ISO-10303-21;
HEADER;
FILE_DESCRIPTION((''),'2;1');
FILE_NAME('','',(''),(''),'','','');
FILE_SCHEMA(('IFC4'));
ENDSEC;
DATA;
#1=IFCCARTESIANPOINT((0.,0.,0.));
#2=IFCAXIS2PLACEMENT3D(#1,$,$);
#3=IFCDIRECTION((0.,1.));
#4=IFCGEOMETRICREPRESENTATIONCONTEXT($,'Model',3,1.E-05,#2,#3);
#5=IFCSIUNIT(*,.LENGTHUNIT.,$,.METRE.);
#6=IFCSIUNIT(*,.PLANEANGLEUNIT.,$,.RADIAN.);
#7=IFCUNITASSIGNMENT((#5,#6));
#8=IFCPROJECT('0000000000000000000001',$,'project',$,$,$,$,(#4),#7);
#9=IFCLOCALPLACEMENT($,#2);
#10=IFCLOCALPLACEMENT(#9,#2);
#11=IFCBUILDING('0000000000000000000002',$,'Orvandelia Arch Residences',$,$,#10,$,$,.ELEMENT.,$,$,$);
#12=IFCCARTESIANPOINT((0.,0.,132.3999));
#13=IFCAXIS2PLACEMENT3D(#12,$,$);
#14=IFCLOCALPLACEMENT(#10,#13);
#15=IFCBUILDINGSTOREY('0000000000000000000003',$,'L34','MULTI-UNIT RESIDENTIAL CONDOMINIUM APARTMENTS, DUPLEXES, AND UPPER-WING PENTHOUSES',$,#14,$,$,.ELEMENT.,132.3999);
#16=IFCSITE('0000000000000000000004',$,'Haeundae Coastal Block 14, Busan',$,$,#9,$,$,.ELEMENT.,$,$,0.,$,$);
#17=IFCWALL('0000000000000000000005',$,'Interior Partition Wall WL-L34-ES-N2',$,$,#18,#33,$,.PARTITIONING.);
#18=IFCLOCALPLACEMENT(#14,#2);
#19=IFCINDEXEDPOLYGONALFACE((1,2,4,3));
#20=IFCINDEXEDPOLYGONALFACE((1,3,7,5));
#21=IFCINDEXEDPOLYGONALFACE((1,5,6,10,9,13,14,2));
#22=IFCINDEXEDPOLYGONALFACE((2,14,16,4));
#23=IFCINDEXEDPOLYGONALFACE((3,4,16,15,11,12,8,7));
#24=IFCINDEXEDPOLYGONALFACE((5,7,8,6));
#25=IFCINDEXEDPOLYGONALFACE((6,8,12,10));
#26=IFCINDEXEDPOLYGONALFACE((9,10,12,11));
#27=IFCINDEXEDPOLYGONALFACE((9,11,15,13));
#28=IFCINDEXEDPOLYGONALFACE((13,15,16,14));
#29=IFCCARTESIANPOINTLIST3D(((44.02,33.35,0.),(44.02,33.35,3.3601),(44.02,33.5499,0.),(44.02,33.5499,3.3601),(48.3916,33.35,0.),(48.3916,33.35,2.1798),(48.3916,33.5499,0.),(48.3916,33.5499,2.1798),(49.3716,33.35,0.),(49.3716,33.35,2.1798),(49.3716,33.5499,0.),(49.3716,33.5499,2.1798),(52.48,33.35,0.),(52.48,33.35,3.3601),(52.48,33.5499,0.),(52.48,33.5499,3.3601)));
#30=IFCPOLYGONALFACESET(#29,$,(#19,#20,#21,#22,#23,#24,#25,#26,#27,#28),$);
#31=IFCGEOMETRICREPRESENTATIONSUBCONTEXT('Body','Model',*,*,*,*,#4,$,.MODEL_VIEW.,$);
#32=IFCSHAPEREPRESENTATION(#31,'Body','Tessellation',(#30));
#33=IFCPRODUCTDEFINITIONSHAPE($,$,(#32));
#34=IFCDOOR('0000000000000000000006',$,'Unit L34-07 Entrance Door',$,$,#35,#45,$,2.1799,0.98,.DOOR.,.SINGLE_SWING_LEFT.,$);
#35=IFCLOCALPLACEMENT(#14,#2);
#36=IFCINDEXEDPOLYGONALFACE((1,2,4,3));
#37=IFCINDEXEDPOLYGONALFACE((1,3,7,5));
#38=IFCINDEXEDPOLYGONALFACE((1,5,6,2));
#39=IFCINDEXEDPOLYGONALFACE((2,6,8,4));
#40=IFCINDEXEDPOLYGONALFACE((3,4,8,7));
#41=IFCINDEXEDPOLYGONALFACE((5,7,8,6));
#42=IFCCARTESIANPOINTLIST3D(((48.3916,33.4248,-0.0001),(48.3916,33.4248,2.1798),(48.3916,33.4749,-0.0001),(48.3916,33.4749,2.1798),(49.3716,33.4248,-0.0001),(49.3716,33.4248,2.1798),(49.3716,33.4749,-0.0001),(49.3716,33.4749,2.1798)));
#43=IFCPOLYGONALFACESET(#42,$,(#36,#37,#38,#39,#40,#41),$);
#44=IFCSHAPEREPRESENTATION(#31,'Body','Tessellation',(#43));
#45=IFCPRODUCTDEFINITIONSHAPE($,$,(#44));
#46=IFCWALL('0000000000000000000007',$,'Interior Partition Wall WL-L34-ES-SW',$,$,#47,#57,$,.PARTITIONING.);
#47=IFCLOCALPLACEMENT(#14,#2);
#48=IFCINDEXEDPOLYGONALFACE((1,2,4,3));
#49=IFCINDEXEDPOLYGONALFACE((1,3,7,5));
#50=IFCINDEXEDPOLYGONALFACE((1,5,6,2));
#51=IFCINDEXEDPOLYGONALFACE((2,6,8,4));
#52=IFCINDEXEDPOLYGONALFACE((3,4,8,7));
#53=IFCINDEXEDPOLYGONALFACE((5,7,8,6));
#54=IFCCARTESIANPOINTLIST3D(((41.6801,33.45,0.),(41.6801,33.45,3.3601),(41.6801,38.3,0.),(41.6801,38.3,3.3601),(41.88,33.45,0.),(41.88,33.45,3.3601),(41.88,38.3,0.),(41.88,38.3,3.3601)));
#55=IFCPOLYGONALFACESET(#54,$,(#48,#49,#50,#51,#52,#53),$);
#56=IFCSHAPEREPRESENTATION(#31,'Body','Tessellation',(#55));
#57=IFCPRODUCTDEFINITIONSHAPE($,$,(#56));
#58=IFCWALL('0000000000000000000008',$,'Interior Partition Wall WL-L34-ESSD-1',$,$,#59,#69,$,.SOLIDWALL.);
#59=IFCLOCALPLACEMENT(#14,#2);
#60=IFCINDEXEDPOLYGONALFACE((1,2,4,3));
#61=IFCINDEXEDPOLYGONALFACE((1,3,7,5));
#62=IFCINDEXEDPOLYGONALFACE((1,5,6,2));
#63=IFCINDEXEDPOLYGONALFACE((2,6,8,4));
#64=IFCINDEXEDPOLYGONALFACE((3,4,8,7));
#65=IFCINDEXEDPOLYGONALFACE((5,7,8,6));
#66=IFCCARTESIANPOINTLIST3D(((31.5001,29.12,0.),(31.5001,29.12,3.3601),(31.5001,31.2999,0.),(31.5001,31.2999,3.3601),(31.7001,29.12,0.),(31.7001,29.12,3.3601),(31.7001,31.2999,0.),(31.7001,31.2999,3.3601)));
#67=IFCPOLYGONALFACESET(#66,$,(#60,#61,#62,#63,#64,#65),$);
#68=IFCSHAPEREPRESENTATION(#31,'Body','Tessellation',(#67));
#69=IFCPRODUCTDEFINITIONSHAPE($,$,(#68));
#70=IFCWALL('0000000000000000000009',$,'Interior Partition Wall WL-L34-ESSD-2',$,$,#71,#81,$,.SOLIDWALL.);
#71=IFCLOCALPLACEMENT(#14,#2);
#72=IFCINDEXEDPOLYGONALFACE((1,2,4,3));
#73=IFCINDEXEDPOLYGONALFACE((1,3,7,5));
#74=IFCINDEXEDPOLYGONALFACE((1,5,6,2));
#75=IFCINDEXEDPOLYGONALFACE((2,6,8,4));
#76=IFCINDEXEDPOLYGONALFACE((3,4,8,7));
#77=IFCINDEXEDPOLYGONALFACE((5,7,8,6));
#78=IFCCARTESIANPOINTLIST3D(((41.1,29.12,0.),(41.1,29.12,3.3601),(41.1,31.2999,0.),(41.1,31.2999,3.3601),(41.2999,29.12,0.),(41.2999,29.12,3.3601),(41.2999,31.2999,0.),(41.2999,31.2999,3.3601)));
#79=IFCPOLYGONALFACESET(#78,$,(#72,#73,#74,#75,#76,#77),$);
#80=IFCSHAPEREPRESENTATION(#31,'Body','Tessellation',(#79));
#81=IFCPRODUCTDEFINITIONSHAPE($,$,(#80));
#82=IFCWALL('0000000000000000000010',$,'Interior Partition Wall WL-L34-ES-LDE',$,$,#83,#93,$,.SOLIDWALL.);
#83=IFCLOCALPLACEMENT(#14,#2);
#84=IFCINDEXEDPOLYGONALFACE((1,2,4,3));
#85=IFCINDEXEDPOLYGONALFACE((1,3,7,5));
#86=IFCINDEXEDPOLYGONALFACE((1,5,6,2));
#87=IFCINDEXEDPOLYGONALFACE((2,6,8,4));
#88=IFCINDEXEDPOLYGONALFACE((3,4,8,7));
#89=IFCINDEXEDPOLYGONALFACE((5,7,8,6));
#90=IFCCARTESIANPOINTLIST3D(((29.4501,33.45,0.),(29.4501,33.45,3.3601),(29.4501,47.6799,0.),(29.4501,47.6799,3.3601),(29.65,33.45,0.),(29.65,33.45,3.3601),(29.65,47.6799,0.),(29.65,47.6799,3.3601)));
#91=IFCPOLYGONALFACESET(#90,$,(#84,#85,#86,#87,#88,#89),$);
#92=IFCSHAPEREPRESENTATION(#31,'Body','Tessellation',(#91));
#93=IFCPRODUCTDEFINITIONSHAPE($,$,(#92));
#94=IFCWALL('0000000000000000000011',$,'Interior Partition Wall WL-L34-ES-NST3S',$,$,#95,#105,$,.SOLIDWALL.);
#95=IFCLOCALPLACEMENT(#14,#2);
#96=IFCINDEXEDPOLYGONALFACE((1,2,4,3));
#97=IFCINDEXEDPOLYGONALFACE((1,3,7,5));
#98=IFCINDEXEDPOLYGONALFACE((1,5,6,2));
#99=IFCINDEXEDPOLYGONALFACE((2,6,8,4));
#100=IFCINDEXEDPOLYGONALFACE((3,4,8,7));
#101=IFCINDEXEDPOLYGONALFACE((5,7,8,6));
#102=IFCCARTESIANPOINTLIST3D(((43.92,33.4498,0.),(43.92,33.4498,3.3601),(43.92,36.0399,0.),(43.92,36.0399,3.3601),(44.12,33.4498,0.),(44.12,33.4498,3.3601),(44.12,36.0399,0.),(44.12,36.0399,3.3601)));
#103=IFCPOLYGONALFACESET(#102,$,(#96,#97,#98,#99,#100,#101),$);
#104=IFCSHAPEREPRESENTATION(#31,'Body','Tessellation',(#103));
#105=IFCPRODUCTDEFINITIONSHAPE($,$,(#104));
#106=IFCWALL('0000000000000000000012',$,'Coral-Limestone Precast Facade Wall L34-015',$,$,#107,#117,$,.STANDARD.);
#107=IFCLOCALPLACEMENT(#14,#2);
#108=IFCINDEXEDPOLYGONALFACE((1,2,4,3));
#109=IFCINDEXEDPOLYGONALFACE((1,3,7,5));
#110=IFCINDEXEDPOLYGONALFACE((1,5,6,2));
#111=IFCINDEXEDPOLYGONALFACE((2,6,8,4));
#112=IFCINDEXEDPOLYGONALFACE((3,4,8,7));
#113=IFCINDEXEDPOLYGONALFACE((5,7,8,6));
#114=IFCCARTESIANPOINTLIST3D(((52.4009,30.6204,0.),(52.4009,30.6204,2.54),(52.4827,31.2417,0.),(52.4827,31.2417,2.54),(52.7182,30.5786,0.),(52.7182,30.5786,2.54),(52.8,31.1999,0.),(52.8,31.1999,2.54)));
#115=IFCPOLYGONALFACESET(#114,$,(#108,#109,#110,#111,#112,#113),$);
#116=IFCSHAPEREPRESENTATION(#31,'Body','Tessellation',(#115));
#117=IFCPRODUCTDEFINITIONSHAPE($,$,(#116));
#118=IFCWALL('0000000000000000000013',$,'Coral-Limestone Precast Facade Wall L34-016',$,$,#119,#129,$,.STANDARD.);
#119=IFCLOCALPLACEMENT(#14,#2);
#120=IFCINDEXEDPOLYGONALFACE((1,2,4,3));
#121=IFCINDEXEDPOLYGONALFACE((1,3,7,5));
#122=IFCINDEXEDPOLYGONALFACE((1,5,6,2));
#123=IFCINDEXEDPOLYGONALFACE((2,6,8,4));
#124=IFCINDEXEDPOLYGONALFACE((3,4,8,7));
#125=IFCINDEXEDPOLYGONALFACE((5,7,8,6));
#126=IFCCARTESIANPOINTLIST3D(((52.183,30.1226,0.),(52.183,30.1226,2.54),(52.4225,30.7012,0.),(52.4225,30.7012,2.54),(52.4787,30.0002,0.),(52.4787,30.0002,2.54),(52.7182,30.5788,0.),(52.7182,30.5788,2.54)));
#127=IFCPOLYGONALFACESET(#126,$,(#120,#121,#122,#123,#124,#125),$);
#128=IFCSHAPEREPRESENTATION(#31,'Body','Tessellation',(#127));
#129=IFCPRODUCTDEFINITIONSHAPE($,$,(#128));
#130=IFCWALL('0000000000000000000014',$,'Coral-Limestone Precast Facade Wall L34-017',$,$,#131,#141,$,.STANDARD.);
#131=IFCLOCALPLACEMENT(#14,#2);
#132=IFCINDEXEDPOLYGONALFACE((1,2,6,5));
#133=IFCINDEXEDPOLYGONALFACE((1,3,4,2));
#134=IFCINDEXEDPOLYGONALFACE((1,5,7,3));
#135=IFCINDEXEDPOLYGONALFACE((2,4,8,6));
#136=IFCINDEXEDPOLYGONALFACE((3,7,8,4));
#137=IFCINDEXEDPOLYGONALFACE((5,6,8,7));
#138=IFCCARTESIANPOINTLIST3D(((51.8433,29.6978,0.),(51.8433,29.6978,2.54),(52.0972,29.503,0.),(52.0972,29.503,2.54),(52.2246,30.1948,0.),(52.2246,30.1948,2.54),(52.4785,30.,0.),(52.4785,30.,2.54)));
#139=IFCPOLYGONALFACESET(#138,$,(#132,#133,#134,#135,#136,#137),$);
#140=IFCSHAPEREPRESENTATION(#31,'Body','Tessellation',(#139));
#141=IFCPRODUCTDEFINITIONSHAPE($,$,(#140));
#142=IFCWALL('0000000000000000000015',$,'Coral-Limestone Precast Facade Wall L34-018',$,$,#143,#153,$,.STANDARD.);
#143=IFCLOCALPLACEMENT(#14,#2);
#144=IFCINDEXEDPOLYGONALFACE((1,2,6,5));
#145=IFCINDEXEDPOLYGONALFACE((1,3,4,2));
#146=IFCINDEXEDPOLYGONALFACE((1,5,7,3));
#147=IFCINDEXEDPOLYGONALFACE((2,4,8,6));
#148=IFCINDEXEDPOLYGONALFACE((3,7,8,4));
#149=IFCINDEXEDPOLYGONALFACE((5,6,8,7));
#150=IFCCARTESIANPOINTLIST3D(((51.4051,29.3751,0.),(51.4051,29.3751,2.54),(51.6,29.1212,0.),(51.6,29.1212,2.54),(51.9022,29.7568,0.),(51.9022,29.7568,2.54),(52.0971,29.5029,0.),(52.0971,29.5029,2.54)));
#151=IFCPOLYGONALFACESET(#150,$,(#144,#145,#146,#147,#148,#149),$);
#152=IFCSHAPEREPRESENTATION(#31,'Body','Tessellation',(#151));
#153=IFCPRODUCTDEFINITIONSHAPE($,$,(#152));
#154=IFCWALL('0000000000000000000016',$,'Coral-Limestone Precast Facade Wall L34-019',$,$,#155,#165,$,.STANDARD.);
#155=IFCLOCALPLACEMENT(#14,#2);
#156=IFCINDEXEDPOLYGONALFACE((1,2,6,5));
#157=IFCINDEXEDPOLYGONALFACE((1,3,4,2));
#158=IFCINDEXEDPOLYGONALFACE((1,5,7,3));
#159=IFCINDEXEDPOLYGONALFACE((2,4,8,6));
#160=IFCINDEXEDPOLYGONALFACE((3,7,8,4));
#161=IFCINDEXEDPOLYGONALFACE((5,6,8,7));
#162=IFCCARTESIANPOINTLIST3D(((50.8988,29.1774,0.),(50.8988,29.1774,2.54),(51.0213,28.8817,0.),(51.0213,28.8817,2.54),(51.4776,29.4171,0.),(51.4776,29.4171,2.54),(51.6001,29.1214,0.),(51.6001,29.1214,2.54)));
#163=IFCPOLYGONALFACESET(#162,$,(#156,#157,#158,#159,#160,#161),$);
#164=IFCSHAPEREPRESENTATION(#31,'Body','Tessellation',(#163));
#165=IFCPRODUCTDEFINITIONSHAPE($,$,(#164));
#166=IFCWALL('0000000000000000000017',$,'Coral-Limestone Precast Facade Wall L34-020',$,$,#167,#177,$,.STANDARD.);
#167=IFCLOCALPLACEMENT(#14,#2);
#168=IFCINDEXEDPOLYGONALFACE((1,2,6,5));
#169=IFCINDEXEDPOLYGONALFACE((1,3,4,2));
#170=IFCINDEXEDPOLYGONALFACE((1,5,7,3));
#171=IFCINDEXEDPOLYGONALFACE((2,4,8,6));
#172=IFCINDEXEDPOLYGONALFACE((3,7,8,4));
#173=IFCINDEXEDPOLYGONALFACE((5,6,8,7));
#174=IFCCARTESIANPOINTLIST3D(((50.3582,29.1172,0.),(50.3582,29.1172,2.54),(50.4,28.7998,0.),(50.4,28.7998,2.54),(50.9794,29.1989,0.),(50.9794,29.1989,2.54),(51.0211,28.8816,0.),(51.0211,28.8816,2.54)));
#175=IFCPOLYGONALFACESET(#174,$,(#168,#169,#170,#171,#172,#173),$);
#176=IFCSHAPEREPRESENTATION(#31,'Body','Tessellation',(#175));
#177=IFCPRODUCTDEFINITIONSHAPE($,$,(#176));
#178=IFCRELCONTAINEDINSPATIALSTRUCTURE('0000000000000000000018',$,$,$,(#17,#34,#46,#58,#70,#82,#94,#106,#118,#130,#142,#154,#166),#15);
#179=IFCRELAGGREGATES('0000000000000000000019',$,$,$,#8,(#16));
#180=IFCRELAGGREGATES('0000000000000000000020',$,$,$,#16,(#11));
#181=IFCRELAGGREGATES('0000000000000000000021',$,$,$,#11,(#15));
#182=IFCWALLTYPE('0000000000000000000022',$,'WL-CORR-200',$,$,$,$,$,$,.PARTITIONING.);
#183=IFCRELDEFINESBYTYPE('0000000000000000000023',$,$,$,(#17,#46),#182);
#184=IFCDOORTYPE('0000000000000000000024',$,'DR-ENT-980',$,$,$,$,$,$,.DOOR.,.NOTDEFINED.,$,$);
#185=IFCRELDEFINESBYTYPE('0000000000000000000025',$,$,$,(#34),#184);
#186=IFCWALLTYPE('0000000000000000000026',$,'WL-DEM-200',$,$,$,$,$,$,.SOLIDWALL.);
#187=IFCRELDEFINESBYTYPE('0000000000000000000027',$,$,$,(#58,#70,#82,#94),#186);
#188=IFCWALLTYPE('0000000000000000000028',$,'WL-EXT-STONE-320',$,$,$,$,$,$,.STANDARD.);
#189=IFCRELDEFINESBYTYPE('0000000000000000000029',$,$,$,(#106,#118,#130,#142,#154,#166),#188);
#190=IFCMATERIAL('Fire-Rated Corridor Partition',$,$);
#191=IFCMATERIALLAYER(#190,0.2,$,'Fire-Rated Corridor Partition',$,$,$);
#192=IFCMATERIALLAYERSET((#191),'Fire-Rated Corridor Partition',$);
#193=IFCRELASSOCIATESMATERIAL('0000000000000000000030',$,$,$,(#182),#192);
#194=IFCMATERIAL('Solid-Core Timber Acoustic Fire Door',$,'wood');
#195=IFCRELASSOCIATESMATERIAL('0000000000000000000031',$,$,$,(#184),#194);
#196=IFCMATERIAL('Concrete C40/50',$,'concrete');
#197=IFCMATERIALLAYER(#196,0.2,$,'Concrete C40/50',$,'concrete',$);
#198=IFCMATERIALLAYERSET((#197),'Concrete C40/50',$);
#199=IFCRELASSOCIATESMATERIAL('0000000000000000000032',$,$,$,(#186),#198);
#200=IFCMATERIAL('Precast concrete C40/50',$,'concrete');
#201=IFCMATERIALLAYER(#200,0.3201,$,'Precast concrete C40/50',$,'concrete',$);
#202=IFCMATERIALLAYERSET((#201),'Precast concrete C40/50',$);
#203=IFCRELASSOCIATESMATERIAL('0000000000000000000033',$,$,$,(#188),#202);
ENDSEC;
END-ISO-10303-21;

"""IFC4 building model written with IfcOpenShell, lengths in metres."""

from ifc_helpers import new_model, si_unit, direction, frame, frame_2d, origin, place, context, subcontext, project, spatial, rectangle, extrude, material, layer, layer_set, type_object, element, fill, save


model = new_model("IFC4")

# Units and contexts
model_context = context("Model", 3, precision=1e-05, world=origin(), true_north=direction((0.0, 1.0)))
body_context = subcontext(model_context, "Body", "Model", "MODEL_VIEW")
ifc_project = project(units=[si_unit("LENGTHUNIT", "METRE"), si_unit("PLANEANGLEUNIT", "RADIAN")], contexts=[model_context])

# Site, building, storey
site_placement = place(None, origin())
site = spatial("IfcSite", under=ifc_project, at=site_placement, Name="Haeundae Coastal Block 14, Busan", CompositionType="ELEMENT", RefElevation=0.0)
building_placement = place(site_placement, origin())
building = spatial("IfcBuilding", under=site, at=building_placement, Name="Orvandelia Arch Residences", CompositionType="ELEMENT")
storey_placement = place(building_placement, frame((0.0, 0.0, 132.3999)))
storey = spatial("IfcBuildingStorey", under=building, at=storey_placement, Name="L34", Description="MULTI-UNIT RESIDENTIAL CONDOMINIUM APARTMENTS, DUPLEXES, AND UPPER-WING PENTHOUSES", CompositionType="ELEMENT", Elevation=132.3999)

# Wall, opening, door
ifc_material_1 = material(Name="Fire-Rated Corridor Partition")
ifc_layer_1 = layer(ifc_material_1, 0.2, Name="Fire-Rated Corridor Partition")
ifc_layer_set_1 = layer_set([ifc_layer_1], Name="Fire-Rated Corridor Partition")
wall_type_1 = type_object("IfcWallType", Name="WL-CORR-200", PredefinedType="PARTITIONING", material=ifc_layer_set_1)
wall_1_placement = place(storey_placement, frame((44.02, 33.45, 0.0), z_axis=(0.0, 0.0, 1.0), x_axis=(1.0, 0.0, 0.0)))
wall_1 = element("IfcWall", 1, at=wall_1_placement, inside=storey, type_object=wall_type_1, Name="Interior Partition Wall WL-L34-ES-N2", PredefinedType="PARTITIONING", context=body_context, shape_type="SweptSolid", body=[
    extrude(rectangle(XDim=8.46, YDim=0.2, at=frame_2d((4.23, 0.0))), origin(), (0.0, 0.0, 1.0), 3.3601),
])
opening_1_placement = place(wall_1_placement, frame((4.3716, 0.0, 0.0)))
opening_1 = element("IfcOpeningElement", 2, at=opening_1_placement, cuts=wall_1, PredefinedType="OPENING", context=body_context, shape_type="SweptSolid", body=[
    extrude(rectangle(XDim=0.98, YDim=2.1799, at=frame_2d((0.49, 1.0898))), frame((0.0, 0.1099, 0.0), z_axis=(0.0, -1.0, 0.0), x_axis=(1.0, 0.0, 0.0)), (0.0, 0.0, 1.0), 0.22),
])
ifc_material_2 = material(Name="Solid-Core Timber Acoustic Fire Door", Category="wood")
door_type = type_object("IfcDoorType", Name="DR-ENT-980", OperationType="NOTDEFINED", PredefinedType="DOOR", material=ifc_material_2)
door_placement = place(opening_1_placement, origin())
door = element("IfcDoor", 3, at=door_placement, inside=storey, type_object=door_type, Name="Unit L34-07 Entrance Door", OperationType="SINGLE_SWING_LEFT", OverallHeight=2.1799, OverallWidth=0.98, PredefinedType="DOOR", context=body_context, shape_type="SweptSolid", body=[
    extrude(rectangle(XDim=0.98, YDim=2.1799, at=frame_2d((0.49, 1.0898))), frame((0.0, 0.0249, 0.0), z_axis=(0.0, -1.0, 0.0), x_axis=(1.0, 0.0, 0.0)), (0.0, 0.0, 1.0), 0.05),
])
fill(opening_1, door)

# Walls
wall_2_placement = place(storey_placement, frame((41.78, 33.45, 0.0), z_axis=(0.0, 0.0, 1.0), x_axis=(0.0, 1.0, 0.0)))
element("IfcWall", 4, at=wall_2_placement, inside=storey, type_object=wall_type_1, Name="Interior Partition Wall WL-L34-ES-SW", PredefinedType="PARTITIONING", context=body_context, shape_type="SweptSolid", body=[
    extrude(rectangle(XDim=4.8501, YDim=0.2, at=frame_2d((2.425, 0.0))), origin(), (0.0, 0.0, 1.0), 3.3601),
])
ifc_material_3 = material(Name="Concrete C40/50", Category="concrete")
ifc_layer_2 = layer(ifc_material_3, 0.2, Name="Concrete C40/50", Category="concrete")
ifc_layer_set_2 = layer_set([ifc_layer_2], Name="Concrete C40/50")
wall_type_2 = type_object("IfcWallType", Name="WL-DEM-200", PredefinedType="SOLIDWALL", material=ifc_layer_set_2)
for number, where, z_axis, x_axis, name in (
    (5, (31.6001, 29.1201, 0.0), (0.0, 0.0, 1.0), (0.0, 1.0, 0.0), "Interior Partition Wall WL-L34-ESSD-1"),
    (6, (41.2, 29.1201, 0.0), (0.0, 0.0, 1.0), (0.0, 1.0, 0.0), "Interior Partition Wall WL-L34-ESSD-2"),
):
    element("IfcWall", number, at=place(storey_placement, frame(where, z_axis=z_axis, x_axis=x_axis)), inside=storey, type_object=wall_type_2, Name=name, PredefinedType="SOLIDWALL", context=body_context, shape_type="SweptSolid", body=[
        extrude(rectangle(XDim=2.1799, YDim=0.2, at=frame_2d((1.0898, 0.0))), origin(), (0.0, 0.0, 1.0), 3.3601),
    ])
wall_3_placement = place(storey_placement, frame((29.55, 33.45, 0.0), z_axis=(0.0, 0.0, 1.0), x_axis=(0.0, 1.0, 0.0)))
element("IfcWall", 7, at=wall_3_placement, inside=storey, type_object=wall_type_2, Name="Interior Partition Wall WL-L34-ES-LDE", PredefinedType="SOLIDWALL", context=body_context, shape_type="SweptSolid", body=[
    extrude(rectangle(XDim=14.23, YDim=0.2, at=frame_2d((7.115, 0.0))), origin(), (0.0, 0.0, 1.0), 3.3601),
])
wall_4_placement = place(storey_placement, frame((44.02, 33.45, 0.0), z_axis=(0.0, 0.0, 1.0), x_axis=(0.0, 1.0, 0.0)))
element("IfcWall", 8, at=wall_4_placement, inside=storey, type_object=wall_type_2, Name="Interior Partition Wall WL-L34-ES-NST3S", PredefinedType="SOLIDWALL", context=body_context, shape_type="SweptSolid", body=[
    extrude(rectangle(XDim=2.5901, YDim=0.2, at=frame_2d((1.2949, 0.0))), origin(), (0.0, 0.0, 1.0), 3.3601),
])
ifc_material_4 = material(Name="Precast concrete C40/50", Category="concrete")
ifc_layer_3 = layer(ifc_material_4, 0.3201, Name="Precast concrete C40/50", Category="concrete")
ifc_layer_set_3 = layer_set([ifc_layer_3], Name="Precast concrete C40/50")
wall_type_3 = type_object("IfcWallType", Name="WL-EXT-STONE-320", PredefinedType="STANDARD", material=ifc_layer_set_3)
wall_5_placement = place(storey_placement, frame((52.6414, 31.2209, 0.0), z_axis=(0.0, 0.0, 1.0), x_axis=(-0.130505, -0.991448, 0.0)))
element("IfcWall", 9, at=wall_5_placement, inside=storey, type_object=wall_type_3, Name="Coral-Limestone Precast Facade Wall L34-015", PredefinedType="STANDARD", context=body_context, shape_type="SweptSolid", body=[
    extrude(rectangle(XDim=0.6267, YDim=0.3201, at=frame_2d((0.3135, 0.0))), origin(), (0.0, 0.0, 1.0), 2.54),
])
wall_6_placement = place(storey_placement, frame((52.5703, 30.6399, 0.0), z_axis=(0.0, 0.0, 1.0), x_axis=(-0.382455, -0.923974, 0.0)))
element("IfcWall", 10, at=wall_6_placement, inside=storey, type_object=wall_type_3, Name="Coral-Limestone Precast Facade Wall L34-016", PredefinedType="STANDARD", context=body_context, shape_type="SweptSolid", body=[
    extrude(rectangle(XDim=0.6262, YDim=0.3201, at=frame_2d((0.313, 0.0))), origin(), (0.0, 0.0, 1.0), 2.54),
])
wall_7_placement = place(storey_placement, frame((52.3516, 30.0974, 0.0), z_axis=(0.0, 0.0, 1.0), x_axis=(-0.608693, -0.793406, 0.0)))
element("IfcWall", 11, at=wall_7_placement, inside=storey, type_object=wall_type_3, Name="Coral-Limestone Precast Facade Wall L34-017", PredefinedType="STANDARD", context=body_context, shape_type="SweptSolid", body=[
    extrude(rectangle(XDim=0.6265, YDim=0.3201, at=frame_2d((0.3132, 0.0))), origin(), (0.0, 0.0, 1.0), 2.54),
])
wall_8_placement = place(storey_placement, frame((51.9998, 29.6299, 0.0), z_axis=(0.0, 0.0, 1.0), x_axis=(-0.793217, -0.608939, 0.0)))
element("IfcWall", 12, at=wall_8_placement, inside=storey, type_object=wall_type_3, Name="Coral-Limestone Precast Facade Wall L34-018", PredefinedType="STANDARD", context=body_context, shape_type="SweptSolid", body=[
    extrude(rectangle(XDim=0.6267, YDim=0.3201, at=frame_2d((0.3135, 0.0))), origin(), (0.0, 0.0, 1.0), 2.54),
])
for number, where, z_axis, x_axis, name in (
    (13, (51.5388, 29.2693, 0.0), (0.0, 0.0, 1.0), (-0.923893, -0.38265, 0.0), "Coral-Limestone Precast Facade Wall L34-019"),
    (14, (51.0002, 29.0403, 0.0), (0.0, 0.0, 1.0), (-0.991441, -0.130555, 0.0), "Coral-Limestone Precast Facade Wall L34-020"),
):
    element("IfcWall", number, at=place(storey_placement, frame(where, z_axis=z_axis, x_axis=x_axis)), inside=storey, type_object=wall_type_3, Name=name, PredefinedType="STANDARD", context=body_context, shape_type="SweptSolid", body=[
        extrude(rectangle(XDim=0.6265, YDim=0.3201, at=frame_2d((0.3132, 0.0))), origin(), (0.0, 0.0, 1.0), 2.54),
    ])

save(model, "model.ifc")
